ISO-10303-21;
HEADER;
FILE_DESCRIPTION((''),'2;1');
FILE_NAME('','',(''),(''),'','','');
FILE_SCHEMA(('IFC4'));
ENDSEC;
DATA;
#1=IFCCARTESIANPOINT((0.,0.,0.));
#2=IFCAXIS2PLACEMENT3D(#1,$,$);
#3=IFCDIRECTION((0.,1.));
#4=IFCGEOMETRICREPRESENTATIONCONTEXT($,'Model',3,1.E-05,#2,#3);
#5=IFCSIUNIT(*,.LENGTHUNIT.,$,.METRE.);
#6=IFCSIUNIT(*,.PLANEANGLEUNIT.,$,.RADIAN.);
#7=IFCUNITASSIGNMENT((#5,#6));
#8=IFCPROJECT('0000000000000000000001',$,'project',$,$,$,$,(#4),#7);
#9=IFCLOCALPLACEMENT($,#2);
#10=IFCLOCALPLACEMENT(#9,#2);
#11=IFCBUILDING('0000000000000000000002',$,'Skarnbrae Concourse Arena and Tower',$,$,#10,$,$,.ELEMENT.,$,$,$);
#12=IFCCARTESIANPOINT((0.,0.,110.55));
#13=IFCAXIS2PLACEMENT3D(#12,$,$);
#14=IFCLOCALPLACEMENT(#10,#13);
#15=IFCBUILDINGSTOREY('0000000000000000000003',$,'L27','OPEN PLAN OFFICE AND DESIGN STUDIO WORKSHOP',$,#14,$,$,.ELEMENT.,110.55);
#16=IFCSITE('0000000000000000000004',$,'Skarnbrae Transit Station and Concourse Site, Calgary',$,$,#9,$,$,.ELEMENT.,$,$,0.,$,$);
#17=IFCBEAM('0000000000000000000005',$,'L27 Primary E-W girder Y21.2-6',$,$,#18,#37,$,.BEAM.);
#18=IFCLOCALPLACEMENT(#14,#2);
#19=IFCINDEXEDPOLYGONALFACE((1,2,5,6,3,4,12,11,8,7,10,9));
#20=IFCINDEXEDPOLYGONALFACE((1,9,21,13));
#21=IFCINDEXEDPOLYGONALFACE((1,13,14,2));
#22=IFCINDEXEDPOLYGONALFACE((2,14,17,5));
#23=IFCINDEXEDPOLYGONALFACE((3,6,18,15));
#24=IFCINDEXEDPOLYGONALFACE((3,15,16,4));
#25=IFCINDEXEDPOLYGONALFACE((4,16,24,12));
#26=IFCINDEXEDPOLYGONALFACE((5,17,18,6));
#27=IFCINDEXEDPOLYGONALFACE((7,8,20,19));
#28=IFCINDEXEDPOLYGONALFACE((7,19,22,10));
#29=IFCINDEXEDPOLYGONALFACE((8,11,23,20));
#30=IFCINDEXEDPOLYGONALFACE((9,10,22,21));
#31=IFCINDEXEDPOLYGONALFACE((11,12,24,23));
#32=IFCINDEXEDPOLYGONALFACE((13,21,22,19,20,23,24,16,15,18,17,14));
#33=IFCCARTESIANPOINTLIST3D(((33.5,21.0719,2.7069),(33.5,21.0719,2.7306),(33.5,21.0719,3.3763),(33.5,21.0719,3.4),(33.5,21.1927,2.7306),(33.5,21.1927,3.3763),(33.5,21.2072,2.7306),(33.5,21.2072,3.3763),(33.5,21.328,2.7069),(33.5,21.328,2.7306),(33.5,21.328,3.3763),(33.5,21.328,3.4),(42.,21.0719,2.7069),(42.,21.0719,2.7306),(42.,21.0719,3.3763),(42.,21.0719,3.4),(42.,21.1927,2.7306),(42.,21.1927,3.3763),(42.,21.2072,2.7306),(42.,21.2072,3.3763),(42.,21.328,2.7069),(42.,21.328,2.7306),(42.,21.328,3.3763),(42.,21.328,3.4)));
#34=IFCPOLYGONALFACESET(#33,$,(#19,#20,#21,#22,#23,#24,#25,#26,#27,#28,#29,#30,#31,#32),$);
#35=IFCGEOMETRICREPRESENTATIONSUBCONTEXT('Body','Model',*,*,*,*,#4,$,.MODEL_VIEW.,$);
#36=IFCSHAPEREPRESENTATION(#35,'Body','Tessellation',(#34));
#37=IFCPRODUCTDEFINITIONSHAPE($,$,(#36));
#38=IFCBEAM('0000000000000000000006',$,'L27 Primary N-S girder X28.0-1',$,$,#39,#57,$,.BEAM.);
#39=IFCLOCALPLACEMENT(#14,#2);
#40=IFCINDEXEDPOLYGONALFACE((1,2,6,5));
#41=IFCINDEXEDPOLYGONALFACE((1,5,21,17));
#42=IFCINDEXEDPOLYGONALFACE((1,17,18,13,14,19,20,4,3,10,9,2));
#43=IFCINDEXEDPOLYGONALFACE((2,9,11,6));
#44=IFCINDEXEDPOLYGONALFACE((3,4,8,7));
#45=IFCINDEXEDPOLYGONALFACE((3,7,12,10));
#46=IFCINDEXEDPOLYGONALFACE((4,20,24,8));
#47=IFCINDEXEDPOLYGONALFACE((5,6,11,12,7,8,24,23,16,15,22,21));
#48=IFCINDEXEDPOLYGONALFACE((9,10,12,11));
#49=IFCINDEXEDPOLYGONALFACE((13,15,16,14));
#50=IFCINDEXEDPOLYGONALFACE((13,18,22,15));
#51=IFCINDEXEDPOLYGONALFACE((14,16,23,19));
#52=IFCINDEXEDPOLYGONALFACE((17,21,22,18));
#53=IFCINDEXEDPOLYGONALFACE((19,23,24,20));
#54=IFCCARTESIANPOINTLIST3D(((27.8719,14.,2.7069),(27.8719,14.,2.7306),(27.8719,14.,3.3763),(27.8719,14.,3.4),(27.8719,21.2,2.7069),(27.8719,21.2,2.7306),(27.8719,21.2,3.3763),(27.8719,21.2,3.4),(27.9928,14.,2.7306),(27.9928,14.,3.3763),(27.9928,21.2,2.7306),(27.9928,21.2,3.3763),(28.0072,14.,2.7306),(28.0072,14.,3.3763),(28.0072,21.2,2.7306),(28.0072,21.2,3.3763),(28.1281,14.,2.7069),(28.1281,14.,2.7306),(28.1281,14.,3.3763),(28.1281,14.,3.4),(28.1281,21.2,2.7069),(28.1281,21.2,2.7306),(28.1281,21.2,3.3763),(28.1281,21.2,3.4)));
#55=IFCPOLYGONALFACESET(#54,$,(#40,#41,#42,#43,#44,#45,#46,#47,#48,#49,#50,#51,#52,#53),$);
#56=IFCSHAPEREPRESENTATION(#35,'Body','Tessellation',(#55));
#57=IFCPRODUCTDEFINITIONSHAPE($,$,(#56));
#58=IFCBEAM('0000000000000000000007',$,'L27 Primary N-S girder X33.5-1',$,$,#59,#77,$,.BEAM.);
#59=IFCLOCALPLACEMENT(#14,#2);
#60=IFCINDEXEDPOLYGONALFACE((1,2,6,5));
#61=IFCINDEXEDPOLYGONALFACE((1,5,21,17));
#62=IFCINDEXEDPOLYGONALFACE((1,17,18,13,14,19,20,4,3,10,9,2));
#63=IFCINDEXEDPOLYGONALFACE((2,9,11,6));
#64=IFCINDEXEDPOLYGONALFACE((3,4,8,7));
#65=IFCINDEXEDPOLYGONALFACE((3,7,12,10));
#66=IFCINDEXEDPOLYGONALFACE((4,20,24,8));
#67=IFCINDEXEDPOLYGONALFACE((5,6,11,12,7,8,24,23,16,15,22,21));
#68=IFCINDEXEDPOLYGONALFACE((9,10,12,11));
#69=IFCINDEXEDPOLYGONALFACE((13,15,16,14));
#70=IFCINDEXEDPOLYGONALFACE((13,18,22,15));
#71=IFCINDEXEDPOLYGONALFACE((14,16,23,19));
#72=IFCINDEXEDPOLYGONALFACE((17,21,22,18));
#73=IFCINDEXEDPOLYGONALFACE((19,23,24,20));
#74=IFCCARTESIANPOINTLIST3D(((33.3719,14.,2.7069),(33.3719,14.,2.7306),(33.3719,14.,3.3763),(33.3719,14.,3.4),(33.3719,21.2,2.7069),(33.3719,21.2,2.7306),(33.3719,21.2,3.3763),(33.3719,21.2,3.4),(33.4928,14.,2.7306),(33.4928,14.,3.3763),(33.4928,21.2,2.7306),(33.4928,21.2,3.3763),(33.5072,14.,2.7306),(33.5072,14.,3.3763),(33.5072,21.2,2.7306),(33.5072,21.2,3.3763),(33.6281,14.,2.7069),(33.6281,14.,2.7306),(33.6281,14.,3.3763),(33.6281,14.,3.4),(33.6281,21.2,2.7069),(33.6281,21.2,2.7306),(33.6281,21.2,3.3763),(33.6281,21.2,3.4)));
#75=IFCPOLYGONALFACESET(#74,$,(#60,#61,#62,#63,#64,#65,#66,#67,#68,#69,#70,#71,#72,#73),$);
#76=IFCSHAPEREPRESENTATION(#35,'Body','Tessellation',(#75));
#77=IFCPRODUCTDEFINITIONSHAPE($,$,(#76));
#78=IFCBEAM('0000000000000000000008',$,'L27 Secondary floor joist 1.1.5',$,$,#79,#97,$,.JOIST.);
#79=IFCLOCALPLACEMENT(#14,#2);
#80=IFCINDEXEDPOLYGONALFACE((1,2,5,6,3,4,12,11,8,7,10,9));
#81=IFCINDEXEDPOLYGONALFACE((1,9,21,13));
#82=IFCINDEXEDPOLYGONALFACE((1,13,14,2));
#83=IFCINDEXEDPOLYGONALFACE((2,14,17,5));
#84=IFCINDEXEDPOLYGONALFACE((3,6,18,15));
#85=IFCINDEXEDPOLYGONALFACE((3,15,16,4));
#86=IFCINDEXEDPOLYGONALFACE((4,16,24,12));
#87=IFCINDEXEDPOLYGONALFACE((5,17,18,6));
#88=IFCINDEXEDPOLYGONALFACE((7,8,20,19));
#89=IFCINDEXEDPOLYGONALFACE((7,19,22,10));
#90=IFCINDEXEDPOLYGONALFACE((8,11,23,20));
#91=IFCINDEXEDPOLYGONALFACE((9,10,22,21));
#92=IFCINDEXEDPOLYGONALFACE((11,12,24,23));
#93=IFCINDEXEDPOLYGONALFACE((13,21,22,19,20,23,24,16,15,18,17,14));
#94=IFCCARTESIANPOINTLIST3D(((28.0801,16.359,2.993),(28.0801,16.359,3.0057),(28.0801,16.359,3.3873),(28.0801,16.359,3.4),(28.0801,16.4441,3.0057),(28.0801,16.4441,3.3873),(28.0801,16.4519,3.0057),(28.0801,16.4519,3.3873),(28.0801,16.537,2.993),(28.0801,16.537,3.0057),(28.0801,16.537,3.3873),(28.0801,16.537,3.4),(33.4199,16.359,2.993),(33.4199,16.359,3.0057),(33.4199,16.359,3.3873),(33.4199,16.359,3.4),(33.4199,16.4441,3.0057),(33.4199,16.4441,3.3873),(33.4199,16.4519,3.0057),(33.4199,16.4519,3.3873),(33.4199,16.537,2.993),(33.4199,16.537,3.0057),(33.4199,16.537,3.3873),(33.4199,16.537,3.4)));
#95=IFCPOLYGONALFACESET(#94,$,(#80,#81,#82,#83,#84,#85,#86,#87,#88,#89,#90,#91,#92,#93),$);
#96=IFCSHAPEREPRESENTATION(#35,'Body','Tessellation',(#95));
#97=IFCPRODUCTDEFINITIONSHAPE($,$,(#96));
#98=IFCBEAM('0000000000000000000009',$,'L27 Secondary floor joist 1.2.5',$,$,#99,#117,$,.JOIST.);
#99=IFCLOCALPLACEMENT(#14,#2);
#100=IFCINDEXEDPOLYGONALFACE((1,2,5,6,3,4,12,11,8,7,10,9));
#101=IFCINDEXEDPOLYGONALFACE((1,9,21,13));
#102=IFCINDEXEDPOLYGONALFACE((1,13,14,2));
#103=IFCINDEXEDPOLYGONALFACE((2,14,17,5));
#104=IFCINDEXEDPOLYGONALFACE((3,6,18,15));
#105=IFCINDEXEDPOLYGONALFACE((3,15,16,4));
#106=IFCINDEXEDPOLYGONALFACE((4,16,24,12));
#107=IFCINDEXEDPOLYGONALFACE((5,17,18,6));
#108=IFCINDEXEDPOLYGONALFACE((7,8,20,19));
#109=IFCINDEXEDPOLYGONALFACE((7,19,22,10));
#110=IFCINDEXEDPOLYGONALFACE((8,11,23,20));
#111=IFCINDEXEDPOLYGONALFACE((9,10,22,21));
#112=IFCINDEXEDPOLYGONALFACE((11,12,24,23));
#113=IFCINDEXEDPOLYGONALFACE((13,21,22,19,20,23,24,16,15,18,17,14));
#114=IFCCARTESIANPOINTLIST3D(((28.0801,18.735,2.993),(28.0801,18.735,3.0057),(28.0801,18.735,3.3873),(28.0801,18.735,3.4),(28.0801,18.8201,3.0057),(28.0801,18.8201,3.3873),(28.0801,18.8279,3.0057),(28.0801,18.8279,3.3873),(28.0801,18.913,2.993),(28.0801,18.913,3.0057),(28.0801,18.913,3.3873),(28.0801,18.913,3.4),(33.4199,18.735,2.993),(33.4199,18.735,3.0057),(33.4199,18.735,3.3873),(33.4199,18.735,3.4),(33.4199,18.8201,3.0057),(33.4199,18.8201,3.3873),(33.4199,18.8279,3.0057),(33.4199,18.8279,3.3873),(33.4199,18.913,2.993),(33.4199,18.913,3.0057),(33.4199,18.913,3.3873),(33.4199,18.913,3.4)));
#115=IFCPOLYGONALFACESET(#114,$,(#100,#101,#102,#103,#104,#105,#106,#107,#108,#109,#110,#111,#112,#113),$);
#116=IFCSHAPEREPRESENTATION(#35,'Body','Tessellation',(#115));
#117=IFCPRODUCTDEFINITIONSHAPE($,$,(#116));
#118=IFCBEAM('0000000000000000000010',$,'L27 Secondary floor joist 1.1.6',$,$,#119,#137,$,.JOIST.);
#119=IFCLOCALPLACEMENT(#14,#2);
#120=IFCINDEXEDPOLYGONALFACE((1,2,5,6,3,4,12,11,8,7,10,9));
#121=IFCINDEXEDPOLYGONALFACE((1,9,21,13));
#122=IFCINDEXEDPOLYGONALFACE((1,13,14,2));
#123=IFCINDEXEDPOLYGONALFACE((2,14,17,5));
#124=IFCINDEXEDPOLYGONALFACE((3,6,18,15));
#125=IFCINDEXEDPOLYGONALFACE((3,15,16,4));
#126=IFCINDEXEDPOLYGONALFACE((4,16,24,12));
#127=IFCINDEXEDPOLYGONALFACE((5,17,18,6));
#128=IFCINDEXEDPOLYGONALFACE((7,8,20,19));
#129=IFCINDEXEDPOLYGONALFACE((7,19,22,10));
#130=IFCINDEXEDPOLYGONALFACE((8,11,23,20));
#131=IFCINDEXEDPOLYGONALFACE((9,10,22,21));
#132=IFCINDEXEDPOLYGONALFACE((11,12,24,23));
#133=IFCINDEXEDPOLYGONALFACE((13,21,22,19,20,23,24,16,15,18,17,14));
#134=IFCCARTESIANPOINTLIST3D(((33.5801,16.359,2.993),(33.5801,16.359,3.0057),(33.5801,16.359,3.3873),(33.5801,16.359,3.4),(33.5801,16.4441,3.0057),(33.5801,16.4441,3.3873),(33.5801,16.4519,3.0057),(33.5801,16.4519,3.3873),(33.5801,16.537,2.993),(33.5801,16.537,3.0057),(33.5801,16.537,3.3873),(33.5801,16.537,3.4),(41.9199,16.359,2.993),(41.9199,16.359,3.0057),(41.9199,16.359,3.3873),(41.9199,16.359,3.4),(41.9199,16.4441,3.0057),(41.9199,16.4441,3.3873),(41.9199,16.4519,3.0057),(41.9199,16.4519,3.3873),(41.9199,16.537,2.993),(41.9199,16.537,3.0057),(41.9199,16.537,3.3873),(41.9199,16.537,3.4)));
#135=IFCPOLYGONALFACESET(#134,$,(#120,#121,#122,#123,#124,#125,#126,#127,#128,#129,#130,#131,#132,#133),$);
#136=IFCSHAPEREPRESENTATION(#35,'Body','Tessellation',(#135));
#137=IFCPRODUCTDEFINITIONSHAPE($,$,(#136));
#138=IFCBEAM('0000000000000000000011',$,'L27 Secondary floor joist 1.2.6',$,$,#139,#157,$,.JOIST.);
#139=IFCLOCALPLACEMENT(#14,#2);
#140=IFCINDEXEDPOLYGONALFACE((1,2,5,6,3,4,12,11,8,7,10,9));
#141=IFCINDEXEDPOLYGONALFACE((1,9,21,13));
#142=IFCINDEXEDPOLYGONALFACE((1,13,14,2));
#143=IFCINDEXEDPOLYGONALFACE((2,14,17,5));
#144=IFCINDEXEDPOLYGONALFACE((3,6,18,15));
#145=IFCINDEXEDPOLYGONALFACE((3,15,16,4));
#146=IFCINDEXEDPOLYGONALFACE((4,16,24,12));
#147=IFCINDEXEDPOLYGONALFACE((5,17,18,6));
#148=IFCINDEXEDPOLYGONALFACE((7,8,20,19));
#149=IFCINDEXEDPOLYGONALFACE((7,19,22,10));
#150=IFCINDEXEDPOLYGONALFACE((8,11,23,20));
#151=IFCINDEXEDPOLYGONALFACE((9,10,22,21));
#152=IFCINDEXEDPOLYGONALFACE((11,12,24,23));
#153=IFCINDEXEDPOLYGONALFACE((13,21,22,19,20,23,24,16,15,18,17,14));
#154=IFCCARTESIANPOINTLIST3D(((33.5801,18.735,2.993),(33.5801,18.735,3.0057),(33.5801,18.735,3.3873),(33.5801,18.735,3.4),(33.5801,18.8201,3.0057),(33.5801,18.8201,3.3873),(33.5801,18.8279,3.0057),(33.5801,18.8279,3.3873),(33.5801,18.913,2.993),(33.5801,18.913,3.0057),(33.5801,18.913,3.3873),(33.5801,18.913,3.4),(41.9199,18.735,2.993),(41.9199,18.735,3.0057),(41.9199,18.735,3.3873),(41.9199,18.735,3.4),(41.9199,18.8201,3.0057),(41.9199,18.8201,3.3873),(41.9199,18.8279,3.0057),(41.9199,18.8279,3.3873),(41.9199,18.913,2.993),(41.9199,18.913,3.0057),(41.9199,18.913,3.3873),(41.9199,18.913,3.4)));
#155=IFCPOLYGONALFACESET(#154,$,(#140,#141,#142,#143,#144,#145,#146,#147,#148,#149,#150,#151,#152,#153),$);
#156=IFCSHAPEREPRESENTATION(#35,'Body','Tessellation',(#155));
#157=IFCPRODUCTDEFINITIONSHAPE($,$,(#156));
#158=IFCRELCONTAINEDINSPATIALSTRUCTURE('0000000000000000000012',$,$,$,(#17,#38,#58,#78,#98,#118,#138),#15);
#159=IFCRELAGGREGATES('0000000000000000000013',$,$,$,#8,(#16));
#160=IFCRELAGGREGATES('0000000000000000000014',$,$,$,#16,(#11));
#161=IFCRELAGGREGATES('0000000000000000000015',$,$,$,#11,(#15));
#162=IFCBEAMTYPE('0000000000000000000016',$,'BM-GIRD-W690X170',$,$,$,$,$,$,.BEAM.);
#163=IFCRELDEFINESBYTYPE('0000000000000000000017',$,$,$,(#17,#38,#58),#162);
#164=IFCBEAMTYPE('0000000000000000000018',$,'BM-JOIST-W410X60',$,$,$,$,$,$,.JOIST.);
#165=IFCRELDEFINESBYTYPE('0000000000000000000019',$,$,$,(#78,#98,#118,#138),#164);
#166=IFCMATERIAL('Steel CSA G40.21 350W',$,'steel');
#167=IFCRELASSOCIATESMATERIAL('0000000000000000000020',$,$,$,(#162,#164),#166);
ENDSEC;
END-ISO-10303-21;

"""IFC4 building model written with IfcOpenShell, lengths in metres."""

from ifc_helpers import new_model, si_unit, direction, frame, origin, origin_2d, place, context, subcontext, project, spatial, i_section, extrude, source, transform, mapped, material, material_profile, profile_set, type_object, element, save


model = new_model("IFC4")

# Units and contexts
model_context = context("Model", 3, precision=1e-05, world=origin(), true_north=direction((0.0, 1.0)))
body_context = subcontext(model_context, "Body", "Model", "MODEL_VIEW")
ifc_project = project(units=[si_unit("LENGTHUNIT", "METRE"), si_unit("PLANEANGLEUNIT", "RADIAN")], contexts=[model_context])

# Site, building, storey
site_placement = place(None, origin())
site = spatial("IfcSite", under=ifc_project, at=site_placement, Name="Skarnbrae Transit Station and Concourse Site, Calgary", CompositionType="ELEMENT", RefElevation=0.0)
building_placement = place(site_placement, origin())
building = spatial("IfcBuilding", under=site, at=building_placement, Name="Skarnbrae Concourse Arena and Tower", CompositionType="ELEMENT")
storey_placement = place(building_placement, frame((0.0, 0.0, 110.55)))
storey = spatial("IfcBuildingStorey", under=building, at=storey_placement, Name="L27", Description="OPEN PLAN OFFICE AND DESIGN STUDIO WORKSHOP", CompositionType="ELEMENT", Elevation=110.55)

# Shared definitions
ifc_material_1 = material(Name="Steel CSA G40.21 350W", Category="steel")

# Beams
ifc_material_profile_1 = material_profile(ifc_material_1, i_section(OverallWidth=0.2561, OverallDepth=0.6931, WebThickness=0.0144, FlangeThickness=0.0237, at=origin_2d()), Name="W690X170")
ifc_profile_set_1 = profile_set([ifc_material_profile_1], Name="Steel CSA G40.21 350W")
beam_type_1 = type_object("IfcBeamType", Name="BM-GIRD-W690X170", PredefinedType="BEAM", material=ifc_profile_set_1)
shared_shape_1 = source(origin(), body_context, "Body", "SweptSolid", [
    extrude(i_section(OverallWidth=0.2561, OverallDepth=0.6931, WebThickness=0.0144, FlangeThickness=0.0237, at=origin_2d()), origin(), (0.0, 0.0, 1.0), 8.5),
])
for number, where, z_axis, x_axis, name in (
    (1, (33.5, 21.2, 3.0535), (1.0, 0.0, 0.0), (0.0, 1.0, 0.0), "L27 Primary E-W girder Y21.2-6"),
):
    element("IfcBeam", number, at=place(storey_placement, frame(where, z_axis=z_axis, x_axis=x_axis)), inside=storey, type_object=beam_type_1, Name=name, PredefinedType="BEAM", context=body_context, shape_type="MappedRepresentation", body=[
        mapped(shared_shape_1, transform((0.0, 0.0, 0.0))),
    ])
shared_shape_2 = source(origin(), body_context, "Body", "SweptSolid", [
    extrude(i_section(OverallWidth=0.2561, OverallDepth=0.6931, WebThickness=0.0144, FlangeThickness=0.0237, at=origin_2d()), origin(), (0.0, 0.0, 1.0), 7.2),
])
for number, where, z_axis, x_axis, name in (
    (2, (28.0, 14.0, 3.0535), (0.0, 1.0, 0.0), (-1.0, 0.0, 0.0), "L27 Primary N-S girder X28.0-1"),
    (3, (33.5, 14.0, 3.0535), (0.0, 1.0, 0.0), (-1.0, 0.0, 0.0), "L27 Primary N-S girder X33.5-1"),
):
    element("IfcBeam", number, at=place(storey_placement, frame(where, z_axis=z_axis, x_axis=x_axis)), inside=storey, type_object=beam_type_1, Name=name, PredefinedType="BEAM", context=body_context, shape_type="MappedRepresentation", body=[
        mapped(shared_shape_2, transform((0.0, 0.0, 0.0))),
    ])
ifc_material_profile_2 = material_profile(ifc_material_1, i_section(OverallWidth=0.178, OverallDepth=0.407, WebThickness=0.0078, FlangeThickness=0.0127, at=origin_2d()), Name="W410X60")
ifc_profile_set_2 = profile_set([ifc_material_profile_2], Name="Steel CSA G40.21 350W")
beam_type_2 = type_object("IfcBeamType", Name="BM-JOIST-W410X60", PredefinedType="JOIST", material=ifc_profile_set_2)
shared_shape_3 = source(origin(), body_context, "Body", "SweptSolid", [
    extrude(i_section(OverallWidth=0.178, OverallDepth=0.407, WebThickness=0.0078, FlangeThickness=0.0127, at=origin_2d()), origin(), (0.0, 0.0, 1.0), 5.3398),
])
for number, where, z_axis, x_axis, name in (
    (4, (28.0801, 16.448, 3.1965), (1.0, 0.0, 0.0), (0.0, 1.0, 0.0), "L27 Secondary floor joist 1.1.5"),
    (5, (28.0801, 18.824, 3.1965), (1.0, 0.0, 0.0), (0.0, 1.0, 0.0), "L27 Secondary floor joist 1.2.5"),
):
    element("IfcBeam", number, at=place(storey_placement, frame(where, z_axis=z_axis, x_axis=x_axis)), inside=storey, type_object=beam_type_2, Name=name, PredefinedType="JOIST", context=body_context, shape_type="MappedRepresentation", body=[
        mapped(shared_shape_3, transform((0.0, 0.0, 0.0))),
    ])
shared_shape_4 = source(origin(), body_context, "Body", "SweptSolid", [
    extrude(i_section(OverallWidth=0.178, OverallDepth=0.407, WebThickness=0.0078, FlangeThickness=0.0127, at=origin_2d()), origin(), (0.0, 0.0, 1.0), 8.3398),
])
for number, where, z_axis, x_axis, name in (
    (6, (33.5801, 16.448, 3.1965), (1.0, 0.0, 0.0), (0.0, 1.0, 0.0), "L27 Secondary floor joist 1.1.6"),
    (7, (33.5801, 18.824, 3.1965), (1.0, 0.0, 0.0), (0.0, 1.0, 0.0), "L27 Secondary floor joist 1.2.6"),
):
    element("IfcBeam", number, at=place(storey_placement, frame(where, z_axis=z_axis, x_axis=x_axis)), inside=storey, type_object=beam_type_2, Name=name, PredefinedType="JOIST", context=body_context, shape_type="MappedRepresentation", body=[
        mapped(shared_shape_4, transform((0.0, 0.0, 0.0))),
    ])

save(model, "model.ifc")
